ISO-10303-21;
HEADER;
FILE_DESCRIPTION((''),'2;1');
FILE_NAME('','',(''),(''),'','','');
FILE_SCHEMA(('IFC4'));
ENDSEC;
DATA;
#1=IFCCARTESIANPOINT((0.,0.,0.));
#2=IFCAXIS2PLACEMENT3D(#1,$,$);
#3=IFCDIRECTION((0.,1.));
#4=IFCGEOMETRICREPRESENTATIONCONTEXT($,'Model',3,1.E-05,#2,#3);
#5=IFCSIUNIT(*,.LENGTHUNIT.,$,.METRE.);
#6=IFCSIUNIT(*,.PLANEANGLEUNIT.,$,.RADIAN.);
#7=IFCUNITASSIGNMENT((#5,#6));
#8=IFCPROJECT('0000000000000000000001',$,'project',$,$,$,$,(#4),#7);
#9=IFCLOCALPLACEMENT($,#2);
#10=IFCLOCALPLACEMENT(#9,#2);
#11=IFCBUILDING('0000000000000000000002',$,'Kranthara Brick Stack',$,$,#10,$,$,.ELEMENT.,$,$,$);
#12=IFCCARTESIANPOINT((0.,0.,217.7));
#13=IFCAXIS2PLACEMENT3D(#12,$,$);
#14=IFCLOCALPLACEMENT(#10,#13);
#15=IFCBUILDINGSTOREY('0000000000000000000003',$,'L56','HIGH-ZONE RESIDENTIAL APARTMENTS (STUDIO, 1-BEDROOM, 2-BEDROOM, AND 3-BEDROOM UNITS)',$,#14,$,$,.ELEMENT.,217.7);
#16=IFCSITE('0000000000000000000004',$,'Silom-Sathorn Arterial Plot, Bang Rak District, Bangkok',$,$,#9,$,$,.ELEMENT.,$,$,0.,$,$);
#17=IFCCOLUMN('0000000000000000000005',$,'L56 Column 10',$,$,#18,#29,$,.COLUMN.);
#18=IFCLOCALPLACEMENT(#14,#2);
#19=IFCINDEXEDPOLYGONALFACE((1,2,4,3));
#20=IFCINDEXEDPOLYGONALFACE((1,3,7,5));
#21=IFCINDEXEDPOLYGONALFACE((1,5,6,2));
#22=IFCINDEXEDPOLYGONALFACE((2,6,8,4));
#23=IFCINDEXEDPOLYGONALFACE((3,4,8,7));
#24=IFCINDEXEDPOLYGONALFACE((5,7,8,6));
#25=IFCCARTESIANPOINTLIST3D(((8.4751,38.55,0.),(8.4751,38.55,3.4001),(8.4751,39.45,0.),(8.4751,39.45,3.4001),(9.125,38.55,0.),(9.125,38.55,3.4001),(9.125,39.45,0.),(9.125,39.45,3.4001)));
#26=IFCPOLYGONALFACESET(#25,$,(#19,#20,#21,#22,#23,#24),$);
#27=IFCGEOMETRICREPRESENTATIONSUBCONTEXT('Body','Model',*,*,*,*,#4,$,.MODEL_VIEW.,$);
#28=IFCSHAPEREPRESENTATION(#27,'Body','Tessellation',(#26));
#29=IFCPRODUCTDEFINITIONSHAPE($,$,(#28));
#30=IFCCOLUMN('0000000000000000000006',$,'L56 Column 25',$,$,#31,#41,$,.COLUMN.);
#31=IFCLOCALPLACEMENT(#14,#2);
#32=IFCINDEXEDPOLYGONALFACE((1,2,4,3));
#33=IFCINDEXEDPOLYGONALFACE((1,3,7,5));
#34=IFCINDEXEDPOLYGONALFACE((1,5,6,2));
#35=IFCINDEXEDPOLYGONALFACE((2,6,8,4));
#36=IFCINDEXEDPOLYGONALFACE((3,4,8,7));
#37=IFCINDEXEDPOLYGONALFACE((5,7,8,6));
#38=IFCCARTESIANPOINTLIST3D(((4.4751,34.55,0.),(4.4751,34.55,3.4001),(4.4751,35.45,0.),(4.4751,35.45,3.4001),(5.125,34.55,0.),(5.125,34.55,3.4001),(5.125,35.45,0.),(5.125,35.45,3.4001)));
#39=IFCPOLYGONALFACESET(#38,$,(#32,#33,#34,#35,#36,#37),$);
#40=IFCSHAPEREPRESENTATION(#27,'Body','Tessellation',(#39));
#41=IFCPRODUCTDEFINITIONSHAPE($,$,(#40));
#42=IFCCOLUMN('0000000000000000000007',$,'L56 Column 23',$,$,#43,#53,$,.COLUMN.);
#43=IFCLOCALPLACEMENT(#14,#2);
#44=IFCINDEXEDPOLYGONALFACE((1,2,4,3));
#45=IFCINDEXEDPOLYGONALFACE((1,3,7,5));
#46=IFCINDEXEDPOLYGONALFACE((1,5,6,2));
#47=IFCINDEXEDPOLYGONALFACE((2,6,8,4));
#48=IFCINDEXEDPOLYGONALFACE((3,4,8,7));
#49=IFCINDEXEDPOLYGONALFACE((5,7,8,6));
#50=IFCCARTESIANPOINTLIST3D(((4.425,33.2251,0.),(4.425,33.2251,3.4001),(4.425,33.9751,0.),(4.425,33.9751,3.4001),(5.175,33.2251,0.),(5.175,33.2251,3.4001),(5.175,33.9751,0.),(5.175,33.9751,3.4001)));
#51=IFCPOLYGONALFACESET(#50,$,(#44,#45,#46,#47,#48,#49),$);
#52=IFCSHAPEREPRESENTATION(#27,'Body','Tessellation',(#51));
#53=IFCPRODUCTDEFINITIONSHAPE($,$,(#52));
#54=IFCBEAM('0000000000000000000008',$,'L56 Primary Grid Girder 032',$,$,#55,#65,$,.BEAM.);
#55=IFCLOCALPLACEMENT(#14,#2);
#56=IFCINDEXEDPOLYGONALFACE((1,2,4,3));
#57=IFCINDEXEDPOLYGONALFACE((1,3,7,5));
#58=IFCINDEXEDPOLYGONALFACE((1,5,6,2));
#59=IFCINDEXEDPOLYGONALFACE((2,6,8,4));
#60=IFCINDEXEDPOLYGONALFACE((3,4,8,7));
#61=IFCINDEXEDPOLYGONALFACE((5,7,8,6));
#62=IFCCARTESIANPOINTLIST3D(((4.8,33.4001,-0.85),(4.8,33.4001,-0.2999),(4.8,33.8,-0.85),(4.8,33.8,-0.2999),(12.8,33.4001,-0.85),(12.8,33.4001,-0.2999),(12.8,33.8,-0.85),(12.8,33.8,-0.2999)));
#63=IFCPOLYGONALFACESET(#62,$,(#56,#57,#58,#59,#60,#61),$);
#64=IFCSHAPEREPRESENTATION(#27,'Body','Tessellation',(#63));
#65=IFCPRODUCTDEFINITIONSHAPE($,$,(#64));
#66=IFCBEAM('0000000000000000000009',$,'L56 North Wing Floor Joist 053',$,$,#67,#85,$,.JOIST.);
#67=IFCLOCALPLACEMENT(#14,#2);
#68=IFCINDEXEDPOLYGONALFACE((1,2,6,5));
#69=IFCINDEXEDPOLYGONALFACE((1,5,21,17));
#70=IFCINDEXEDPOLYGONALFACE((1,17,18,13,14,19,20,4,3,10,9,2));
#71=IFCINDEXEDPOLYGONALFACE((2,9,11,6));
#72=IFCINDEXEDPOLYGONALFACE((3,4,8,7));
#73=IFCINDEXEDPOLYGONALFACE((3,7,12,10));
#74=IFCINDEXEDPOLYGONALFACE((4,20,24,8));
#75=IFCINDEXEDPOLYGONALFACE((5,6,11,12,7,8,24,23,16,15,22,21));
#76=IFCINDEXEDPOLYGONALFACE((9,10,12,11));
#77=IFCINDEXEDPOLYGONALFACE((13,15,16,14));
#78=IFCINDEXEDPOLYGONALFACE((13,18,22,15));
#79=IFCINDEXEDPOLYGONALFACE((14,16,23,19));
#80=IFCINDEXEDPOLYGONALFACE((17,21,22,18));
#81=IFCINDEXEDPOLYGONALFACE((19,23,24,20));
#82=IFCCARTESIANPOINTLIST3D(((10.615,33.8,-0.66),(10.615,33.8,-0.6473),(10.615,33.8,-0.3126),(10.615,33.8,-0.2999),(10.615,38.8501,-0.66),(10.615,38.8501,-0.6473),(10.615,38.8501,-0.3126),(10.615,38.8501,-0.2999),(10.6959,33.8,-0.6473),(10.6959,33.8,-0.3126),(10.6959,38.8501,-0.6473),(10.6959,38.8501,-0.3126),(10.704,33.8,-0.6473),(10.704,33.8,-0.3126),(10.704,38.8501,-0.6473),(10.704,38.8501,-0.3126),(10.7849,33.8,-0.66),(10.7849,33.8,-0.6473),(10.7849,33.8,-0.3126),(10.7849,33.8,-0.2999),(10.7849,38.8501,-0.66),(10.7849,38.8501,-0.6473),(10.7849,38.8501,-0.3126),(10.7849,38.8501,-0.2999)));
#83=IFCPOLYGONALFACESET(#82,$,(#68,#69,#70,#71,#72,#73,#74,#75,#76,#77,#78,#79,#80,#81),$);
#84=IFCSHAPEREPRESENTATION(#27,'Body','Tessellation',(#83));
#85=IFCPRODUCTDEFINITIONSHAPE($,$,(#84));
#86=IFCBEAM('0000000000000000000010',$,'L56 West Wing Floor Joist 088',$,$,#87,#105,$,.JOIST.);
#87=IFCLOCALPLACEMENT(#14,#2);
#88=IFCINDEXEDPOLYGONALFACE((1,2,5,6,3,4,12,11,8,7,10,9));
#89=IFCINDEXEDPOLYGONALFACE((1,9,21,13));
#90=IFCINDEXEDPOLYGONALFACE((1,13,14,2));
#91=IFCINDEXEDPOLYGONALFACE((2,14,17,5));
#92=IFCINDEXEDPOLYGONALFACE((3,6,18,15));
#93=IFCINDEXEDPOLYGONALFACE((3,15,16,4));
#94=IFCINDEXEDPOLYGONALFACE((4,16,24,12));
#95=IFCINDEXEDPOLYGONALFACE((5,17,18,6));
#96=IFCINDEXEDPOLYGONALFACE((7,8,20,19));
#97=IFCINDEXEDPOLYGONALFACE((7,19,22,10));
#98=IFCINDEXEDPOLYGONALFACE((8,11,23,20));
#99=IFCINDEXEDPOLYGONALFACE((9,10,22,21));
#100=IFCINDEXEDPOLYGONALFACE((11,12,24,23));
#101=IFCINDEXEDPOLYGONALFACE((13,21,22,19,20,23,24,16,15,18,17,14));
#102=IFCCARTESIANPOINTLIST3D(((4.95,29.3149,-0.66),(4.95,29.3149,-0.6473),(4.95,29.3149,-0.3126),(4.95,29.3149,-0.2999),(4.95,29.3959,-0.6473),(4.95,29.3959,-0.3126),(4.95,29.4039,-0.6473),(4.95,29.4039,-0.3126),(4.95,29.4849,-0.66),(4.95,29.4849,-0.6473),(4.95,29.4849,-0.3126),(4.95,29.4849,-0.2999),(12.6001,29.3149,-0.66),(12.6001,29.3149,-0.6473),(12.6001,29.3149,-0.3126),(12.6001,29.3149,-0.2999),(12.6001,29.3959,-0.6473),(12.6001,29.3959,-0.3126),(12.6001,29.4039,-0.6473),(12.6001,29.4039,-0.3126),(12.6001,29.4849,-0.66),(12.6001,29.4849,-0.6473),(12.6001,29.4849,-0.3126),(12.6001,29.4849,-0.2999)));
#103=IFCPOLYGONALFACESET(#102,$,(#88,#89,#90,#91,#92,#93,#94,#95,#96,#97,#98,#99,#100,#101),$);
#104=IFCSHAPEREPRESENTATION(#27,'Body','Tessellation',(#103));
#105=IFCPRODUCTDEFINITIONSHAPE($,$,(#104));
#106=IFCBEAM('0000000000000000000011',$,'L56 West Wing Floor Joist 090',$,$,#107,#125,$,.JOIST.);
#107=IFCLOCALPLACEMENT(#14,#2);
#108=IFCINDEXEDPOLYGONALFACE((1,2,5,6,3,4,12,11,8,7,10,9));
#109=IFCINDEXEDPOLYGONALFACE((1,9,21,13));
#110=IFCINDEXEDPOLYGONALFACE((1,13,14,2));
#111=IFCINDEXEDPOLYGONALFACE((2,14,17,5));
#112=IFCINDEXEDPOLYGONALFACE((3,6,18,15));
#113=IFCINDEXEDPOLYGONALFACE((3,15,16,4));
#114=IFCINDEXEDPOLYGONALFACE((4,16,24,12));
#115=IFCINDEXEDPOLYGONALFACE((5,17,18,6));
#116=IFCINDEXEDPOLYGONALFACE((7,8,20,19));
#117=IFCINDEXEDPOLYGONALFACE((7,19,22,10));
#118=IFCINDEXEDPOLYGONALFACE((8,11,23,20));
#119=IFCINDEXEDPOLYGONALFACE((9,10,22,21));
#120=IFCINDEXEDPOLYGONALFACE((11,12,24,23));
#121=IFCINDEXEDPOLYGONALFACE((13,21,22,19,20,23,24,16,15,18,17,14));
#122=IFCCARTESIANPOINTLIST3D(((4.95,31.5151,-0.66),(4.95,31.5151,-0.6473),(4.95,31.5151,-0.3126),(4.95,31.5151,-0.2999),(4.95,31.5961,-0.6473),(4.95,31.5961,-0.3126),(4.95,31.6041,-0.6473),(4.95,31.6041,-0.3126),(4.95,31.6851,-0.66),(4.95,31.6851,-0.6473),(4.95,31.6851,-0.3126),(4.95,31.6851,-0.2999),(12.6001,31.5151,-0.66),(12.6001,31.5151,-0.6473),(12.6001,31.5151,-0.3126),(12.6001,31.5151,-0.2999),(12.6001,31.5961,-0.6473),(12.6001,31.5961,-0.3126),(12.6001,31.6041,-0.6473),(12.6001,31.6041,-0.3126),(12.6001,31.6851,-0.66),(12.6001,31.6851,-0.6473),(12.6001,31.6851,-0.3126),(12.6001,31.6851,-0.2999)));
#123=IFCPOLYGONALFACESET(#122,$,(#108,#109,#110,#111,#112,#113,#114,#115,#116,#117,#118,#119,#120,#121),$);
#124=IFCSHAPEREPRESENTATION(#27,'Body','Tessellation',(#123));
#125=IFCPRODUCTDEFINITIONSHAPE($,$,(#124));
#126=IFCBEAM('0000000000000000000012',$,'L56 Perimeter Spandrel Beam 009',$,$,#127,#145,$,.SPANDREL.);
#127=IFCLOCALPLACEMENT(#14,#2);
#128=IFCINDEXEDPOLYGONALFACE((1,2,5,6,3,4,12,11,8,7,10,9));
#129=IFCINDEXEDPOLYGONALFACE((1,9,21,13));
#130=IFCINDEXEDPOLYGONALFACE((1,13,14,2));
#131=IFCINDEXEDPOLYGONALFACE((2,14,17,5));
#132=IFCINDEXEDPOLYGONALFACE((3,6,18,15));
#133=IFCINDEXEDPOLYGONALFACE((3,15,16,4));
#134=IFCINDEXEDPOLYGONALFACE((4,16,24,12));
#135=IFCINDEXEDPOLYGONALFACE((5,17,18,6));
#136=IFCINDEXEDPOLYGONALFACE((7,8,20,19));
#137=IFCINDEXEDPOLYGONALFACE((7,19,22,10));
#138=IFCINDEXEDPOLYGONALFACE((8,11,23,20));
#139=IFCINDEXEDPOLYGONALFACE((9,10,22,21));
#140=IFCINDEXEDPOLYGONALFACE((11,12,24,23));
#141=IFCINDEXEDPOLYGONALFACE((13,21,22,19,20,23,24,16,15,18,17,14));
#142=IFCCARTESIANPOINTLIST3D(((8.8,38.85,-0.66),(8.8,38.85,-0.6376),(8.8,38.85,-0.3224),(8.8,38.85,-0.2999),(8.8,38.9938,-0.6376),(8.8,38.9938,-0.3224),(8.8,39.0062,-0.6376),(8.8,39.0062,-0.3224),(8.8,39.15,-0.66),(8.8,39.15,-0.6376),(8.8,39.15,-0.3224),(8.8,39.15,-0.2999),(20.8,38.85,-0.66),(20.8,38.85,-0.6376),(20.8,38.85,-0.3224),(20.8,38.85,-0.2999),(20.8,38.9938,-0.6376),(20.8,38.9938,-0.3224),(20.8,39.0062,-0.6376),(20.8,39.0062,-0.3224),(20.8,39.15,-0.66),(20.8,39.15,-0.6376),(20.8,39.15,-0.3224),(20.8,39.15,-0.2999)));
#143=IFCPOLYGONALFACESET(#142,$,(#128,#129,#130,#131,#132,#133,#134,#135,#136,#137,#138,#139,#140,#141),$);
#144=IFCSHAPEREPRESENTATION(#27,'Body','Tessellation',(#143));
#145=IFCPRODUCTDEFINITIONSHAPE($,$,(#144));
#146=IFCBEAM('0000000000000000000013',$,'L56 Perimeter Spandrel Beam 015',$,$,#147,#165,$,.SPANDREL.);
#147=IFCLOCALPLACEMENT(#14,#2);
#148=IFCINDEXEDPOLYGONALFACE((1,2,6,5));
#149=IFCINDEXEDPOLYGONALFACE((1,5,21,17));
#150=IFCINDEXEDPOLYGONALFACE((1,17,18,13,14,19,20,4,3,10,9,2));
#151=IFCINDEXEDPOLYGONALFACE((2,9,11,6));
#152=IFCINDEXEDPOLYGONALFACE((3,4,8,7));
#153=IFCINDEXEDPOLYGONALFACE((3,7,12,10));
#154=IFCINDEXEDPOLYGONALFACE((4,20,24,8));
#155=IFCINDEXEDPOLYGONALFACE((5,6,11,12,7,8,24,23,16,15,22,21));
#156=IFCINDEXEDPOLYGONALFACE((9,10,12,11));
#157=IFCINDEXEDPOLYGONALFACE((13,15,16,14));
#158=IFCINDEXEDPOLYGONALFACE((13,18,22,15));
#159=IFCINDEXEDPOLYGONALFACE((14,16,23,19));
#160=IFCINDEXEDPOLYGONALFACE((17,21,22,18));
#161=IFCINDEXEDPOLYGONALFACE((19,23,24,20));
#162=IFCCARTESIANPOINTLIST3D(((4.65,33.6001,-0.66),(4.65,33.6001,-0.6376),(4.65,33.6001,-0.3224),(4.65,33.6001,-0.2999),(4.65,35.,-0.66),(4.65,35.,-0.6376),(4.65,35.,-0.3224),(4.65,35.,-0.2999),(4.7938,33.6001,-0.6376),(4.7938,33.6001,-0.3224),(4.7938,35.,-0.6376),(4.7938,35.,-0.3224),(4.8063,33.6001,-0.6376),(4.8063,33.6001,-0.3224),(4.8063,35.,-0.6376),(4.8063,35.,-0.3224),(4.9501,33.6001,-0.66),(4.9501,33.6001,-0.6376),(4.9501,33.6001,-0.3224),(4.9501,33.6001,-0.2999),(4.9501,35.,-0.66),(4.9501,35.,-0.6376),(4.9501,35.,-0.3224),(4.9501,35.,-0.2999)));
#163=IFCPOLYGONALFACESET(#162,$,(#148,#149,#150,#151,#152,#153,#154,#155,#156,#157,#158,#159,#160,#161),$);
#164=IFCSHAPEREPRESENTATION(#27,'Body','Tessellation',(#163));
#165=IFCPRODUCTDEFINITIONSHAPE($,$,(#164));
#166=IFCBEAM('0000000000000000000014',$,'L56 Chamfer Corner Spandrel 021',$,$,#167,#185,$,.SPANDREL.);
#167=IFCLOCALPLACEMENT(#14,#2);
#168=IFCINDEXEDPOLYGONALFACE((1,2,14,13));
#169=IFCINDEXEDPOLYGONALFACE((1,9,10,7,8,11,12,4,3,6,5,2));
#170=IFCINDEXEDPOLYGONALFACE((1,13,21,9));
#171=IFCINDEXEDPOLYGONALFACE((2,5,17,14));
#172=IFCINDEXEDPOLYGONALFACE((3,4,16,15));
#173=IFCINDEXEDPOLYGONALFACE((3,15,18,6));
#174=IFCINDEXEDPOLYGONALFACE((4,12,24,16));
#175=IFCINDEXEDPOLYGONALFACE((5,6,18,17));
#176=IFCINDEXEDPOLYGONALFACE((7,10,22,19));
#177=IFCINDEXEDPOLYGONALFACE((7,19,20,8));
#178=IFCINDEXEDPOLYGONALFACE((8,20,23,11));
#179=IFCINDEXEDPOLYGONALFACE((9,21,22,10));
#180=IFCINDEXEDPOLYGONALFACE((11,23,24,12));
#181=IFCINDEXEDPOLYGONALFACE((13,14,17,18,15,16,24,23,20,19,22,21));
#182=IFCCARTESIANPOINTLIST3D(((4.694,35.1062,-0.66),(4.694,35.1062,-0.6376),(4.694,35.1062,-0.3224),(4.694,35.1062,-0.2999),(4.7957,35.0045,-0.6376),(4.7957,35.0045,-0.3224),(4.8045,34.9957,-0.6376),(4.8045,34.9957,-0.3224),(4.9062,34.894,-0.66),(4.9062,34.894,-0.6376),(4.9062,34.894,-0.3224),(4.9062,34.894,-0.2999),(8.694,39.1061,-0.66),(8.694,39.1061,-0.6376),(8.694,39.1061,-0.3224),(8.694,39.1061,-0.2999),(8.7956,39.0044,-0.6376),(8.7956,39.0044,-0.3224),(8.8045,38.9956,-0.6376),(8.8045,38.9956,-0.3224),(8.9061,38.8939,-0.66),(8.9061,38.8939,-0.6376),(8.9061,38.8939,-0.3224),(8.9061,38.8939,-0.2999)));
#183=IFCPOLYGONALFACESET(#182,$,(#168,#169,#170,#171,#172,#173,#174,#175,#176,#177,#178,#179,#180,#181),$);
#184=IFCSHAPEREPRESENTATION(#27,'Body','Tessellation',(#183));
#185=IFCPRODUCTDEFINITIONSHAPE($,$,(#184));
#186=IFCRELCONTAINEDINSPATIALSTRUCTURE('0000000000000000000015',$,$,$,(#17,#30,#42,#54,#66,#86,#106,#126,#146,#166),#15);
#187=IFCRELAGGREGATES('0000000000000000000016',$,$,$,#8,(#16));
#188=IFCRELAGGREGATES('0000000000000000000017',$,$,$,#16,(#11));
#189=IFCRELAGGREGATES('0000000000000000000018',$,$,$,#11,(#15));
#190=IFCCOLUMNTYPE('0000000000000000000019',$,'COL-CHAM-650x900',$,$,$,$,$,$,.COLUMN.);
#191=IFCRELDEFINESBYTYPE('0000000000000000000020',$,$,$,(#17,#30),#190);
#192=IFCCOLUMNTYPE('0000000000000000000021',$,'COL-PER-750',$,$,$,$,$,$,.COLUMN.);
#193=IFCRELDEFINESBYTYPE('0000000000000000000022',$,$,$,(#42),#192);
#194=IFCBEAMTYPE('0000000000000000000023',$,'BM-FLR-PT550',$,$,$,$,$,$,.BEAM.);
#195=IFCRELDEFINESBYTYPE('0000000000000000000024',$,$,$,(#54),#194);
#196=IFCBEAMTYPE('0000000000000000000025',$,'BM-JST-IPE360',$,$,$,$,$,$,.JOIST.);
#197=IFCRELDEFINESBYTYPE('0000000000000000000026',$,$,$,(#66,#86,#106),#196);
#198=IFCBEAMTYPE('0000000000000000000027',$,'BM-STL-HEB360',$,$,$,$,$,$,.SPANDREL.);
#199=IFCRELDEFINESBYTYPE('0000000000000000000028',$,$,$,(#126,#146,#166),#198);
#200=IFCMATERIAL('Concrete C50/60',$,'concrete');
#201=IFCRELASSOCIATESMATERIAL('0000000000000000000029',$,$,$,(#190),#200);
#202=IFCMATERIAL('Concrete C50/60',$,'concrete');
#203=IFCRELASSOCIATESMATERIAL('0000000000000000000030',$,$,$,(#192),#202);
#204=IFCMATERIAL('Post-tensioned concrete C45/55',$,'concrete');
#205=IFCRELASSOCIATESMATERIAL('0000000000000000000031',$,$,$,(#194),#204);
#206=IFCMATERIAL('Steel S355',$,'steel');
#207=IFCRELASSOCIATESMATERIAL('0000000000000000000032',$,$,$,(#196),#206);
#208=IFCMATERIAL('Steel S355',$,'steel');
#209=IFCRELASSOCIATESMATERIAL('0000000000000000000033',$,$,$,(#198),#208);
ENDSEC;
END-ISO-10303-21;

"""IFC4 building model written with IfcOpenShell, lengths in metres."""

from ifc_helpers import new_model, si_unit, direction, frame, origin, origin_2d, place, context, subcontext, project, spatial, rectangle, i_section, extrude, material, material_profile, profile_set, type_object, element, save


model = new_model("IFC4")

# Units and contexts
model_context = context("Model", 3, precision=1e-05, world=origin(), true_north=direction((0.0, 1.0)))
body_context = subcontext(model_context, "Body", "Model", "MODEL_VIEW")
ifc_project = project(units=[si_unit("LENGTHUNIT", "METRE"), si_unit("PLANEANGLEUNIT", "RADIAN")], contexts=[model_context])

# Site, building, storey
site_placement = place(None, origin())
site = spatial("IfcSite", under=ifc_project, at=site_placement, Name="Silom-Sathorn Arterial Plot, Bang Rak District, Bangkok", CompositionType="ELEMENT", RefElevation=0.0)
building_placement = place(site_placement, origin())
building = spatial("IfcBuilding", under=site, at=building_placement, Name="Kranthara Brick Stack", CompositionType="ELEMENT")
storey_placement = place(building_placement, frame((0.0, 0.0, 217.7)))
storey = spatial("IfcBuildingStorey", under=building, at=storey_placement, Name="L56", Description="HIGH-ZONE RESIDENTIAL APARTMENTS (STUDIO, 1-BEDROOM, 2-BEDROOM, AND 3-BEDROOM UNITS)", CompositionType="ELEMENT", Elevation=217.7)

# Columns
ifc_material_1 = material(Name="Concrete C50/60", Category="concrete")
ifc_material_profile_1 = material_profile(ifc_material_1, rectangle(XDim=0.6499, YDim=0.8999, at=origin_2d()), Name="RC 650x900")
ifc_profile_set_1 = profile_set([ifc_material_profile_1], Name="Concrete C50/60")
column_type_1 = type_object("IfcColumnType", Name="COL-CHAM-650x900", PredefinedType="COLUMN", material=ifc_profile_set_1)
for number, where, z_axis, x_axis, name in (
    (1, (8.8, 39.0, 0.0), (0.0, 0.0, 1.0), (1.0, 0.0, 0.0), "L56 Column 10"),
    (2, (4.8, 35.0, 0.0), (0.0, 0.0, 1.0), (1.0, 0.0, 0.0), "L56 Column 25"),
):
    element("IfcColumn", number, at=place(storey_placement, frame(where, z_axis=z_axis, x_axis=x_axis)), inside=storey, type_object=column_type_1, Name=name, PredefinedType="COLUMN", context=body_context, shape_type="SweptSolid", body=[
        extrude(rectangle(XDim=0.6499, YDim=0.8999, at=origin_2d()), origin(), (0.0, 0.0, 1.0), 3.4001),
    ])
ifc_material_2 = material(Name="Concrete C50/60", Category="concrete")
ifc_material_profile_2 = material_profile(ifc_material_2, rectangle(XDim=0.75, YDim=0.75, at=origin_2d()), Name="RC 750x750")
ifc_profile_set_2 = profile_set([ifc_material_profile_2], Name="Concrete C50/60")
column_type_2 = type_object("IfcColumnType", Name="COL-PER-750", PredefinedType="COLUMN", material=ifc_profile_set_2)
column_placement = place(storey_placement, frame((4.8, 33.6001, 0.0), z_axis=(0.0, 0.0, 1.0), x_axis=(1.0, 0.0, 0.0)))
element("IfcColumn", 3, at=column_placement, inside=storey, type_object=column_type_2, Name="L56 Column 23", PredefinedType="COLUMN", context=body_context, shape_type="SweptSolid", body=[
    extrude(rectangle(XDim=0.75, YDim=0.75, at=origin_2d()), origin(), (0.0, 0.0, 1.0), 3.4001),
])

# Beams
ifc_material_3 = material(Name="Post-tensioned concrete C45/55", Category="concrete")
ifc_material_profile_3 = material_profile(ifc_material_3, rectangle(XDim=0.3999, YDim=0.55, at=origin_2d()), Name="PT 400x550")
ifc_profile_set_3 = profile_set([ifc_material_profile_3], Name="Post-tensioned concrete C45/55")
beam_type_1 = type_object("IfcBeamType", Name="BM-FLR-PT550", PredefinedType="BEAM", material=ifc_profile_set_3)
beam_1_placement = place(storey_placement, frame((4.8, 33.6001, -0.575), z_axis=(1.0, 0.0, 0.0), x_axis=(0.0, 1.0, 0.0)))
element("IfcBeam", 4, at=beam_1_placement, inside=storey, type_object=beam_type_1, Name="L56 Primary Grid Girder 032", PredefinedType="BEAM", context=body_context, shape_type="SweptSolid", body=[
    extrude(rectangle(XDim=0.3999, YDim=0.55, at=origin_2d()), origin(), (0.0, 0.0, 1.0), 8.0),
])
ifc_material_4 = material(Name="Steel S355", Category="steel")
ifc_material_profile_4 = material_profile(ifc_material_4, i_section(OverallWidth=0.1699, OverallDepth=0.3601, WebThickness=0.0081, FlangeThickness=0.0127, at=origin_2d()), Name="IPE 360")
ifc_profile_set_4 = profile_set([ifc_material_profile_4], Name="Steel S355")
beam_type_2 = type_object("IfcBeamType", Name="BM-JST-IPE360", PredefinedType="JOIST", material=ifc_profile_set_4)
beam_2_placement = place(storey_placement, frame((10.7, 33.8, -0.48), z_axis=(0.0, 1.0, 0.0), x_axis=(-1.0, 0.0, 0.0)))
element("IfcBeam", 5, at=beam_2_placement, inside=storey, type_object=beam_type_2, Name="L56 North Wing Floor Joist 053", PredefinedType="JOIST", context=body_context, shape_type="SweptSolid", body=[
    extrude(i_section(OverallWidth=0.1699, OverallDepth=0.3601, WebThickness=0.0081, FlangeThickness=0.0127, at=origin_2d()), origin(), (0.0, 0.0, 1.0), 5.05),
])
for number, where, z_axis, x_axis, name in (
    (6, (4.95, 29.3999, -0.48), (1.0, 0.0, 0.0), (0.0, 1.0, 0.0), "L56 West Wing Floor Joist 088"),
    (7, (4.95, 31.6001, -0.48), (1.0, 0.0, 0.0), (0.0, 1.0, 0.0), "L56 West Wing Floor Joist 090"),
):
    element("IfcBeam", number, at=place(storey_placement, frame(where, z_axis=z_axis, x_axis=x_axis)), inside=storey, type_object=beam_type_2, Name=name, PredefinedType="JOIST", context=body_context, shape_type="SweptSolid", body=[
        extrude(i_section(OverallWidth=0.1699, OverallDepth=0.3601, WebThickness=0.0081, FlangeThickness=0.0127, at=origin_2d()), origin(), (0.0, 0.0, 1.0), 7.6501),
    ])
ifc_material_5 = material(Name="Steel S355", Category="steel")
ifc_material_profile_5 = material_profile(ifc_material_5, i_section(OverallWidth=0.3, OverallDepth=0.3601, WebThickness=0.0125, FlangeThickness=0.0225, at=origin_2d()), Name="HEB 360")
ifc_profile_set_5 = profile_set([ifc_material_profile_5], Name="Steel S355")
beam_type_3 = type_object("IfcBeamType", Name="BM-STL-HEB360", PredefinedType="SPANDREL", material=ifc_profile_set_5)
beam_3_placement = place(storey_placement, frame((8.8, 39.0, -0.48), z_axis=(1.0, 0.0, 0.0), x_axis=(0.0, 1.0, 0.0)))
element("IfcBeam", 8, at=beam_3_placement, inside=storey, type_object=beam_type_3, Name="L56 Perimeter Spandrel Beam 009", PredefinedType="SPANDREL", context=body_context, shape_type="SweptSolid", body=[
    extrude(i_section(OverallWidth=0.3, OverallDepth=0.3601, WebThickness=0.0125, FlangeThickness=0.0225, at=origin_2d()), origin(), (0.0, 0.0, 1.0), 12.0),
])
beam_4_placement = place(storey_placement, frame((4.8, 33.6001, -0.48), z_axis=(0.0, 1.0, 0.0), x_axis=(-1.0, 0.0, 0.0)))
element("IfcBeam", 9, at=beam_4_placement, inside=storey, type_object=beam_type_3, Name="L56 Perimeter Spandrel Beam 015", PredefinedType="SPANDREL", context=body_context, shape_type="SweptSolid", body=[
    extrude(i_section(OverallWidth=0.3, OverallDepth=0.3601, WebThickness=0.0125, FlangeThickness=0.0225, at=origin_2d()), origin(), (0.0, 0.0, 1.0), 1.3999),
])
beam_5_placement = place(storey_placement, frame((8.8, 39.0, -0.48), z_axis=(-0.707107, -0.707107, 0.0), x_axis=(0.707107, -0.707107, 0.0)))
element("IfcBeam", 10, at=beam_5_placement, inside=storey, type_object=beam_type_3, Name="L56 Chamfer Corner Spandrel 021", PredefinedType="SPANDREL", context=body_context, shape_type="SweptSolid", body=[
    extrude(i_section(OverallWidth=0.3, OverallDepth=0.3601, WebThickness=0.0125, FlangeThickness=0.0225, at=origin_2d()), origin(), (0.0, 0.0, 1.0), 5.6567),
])

save(model, "model.ifc")
